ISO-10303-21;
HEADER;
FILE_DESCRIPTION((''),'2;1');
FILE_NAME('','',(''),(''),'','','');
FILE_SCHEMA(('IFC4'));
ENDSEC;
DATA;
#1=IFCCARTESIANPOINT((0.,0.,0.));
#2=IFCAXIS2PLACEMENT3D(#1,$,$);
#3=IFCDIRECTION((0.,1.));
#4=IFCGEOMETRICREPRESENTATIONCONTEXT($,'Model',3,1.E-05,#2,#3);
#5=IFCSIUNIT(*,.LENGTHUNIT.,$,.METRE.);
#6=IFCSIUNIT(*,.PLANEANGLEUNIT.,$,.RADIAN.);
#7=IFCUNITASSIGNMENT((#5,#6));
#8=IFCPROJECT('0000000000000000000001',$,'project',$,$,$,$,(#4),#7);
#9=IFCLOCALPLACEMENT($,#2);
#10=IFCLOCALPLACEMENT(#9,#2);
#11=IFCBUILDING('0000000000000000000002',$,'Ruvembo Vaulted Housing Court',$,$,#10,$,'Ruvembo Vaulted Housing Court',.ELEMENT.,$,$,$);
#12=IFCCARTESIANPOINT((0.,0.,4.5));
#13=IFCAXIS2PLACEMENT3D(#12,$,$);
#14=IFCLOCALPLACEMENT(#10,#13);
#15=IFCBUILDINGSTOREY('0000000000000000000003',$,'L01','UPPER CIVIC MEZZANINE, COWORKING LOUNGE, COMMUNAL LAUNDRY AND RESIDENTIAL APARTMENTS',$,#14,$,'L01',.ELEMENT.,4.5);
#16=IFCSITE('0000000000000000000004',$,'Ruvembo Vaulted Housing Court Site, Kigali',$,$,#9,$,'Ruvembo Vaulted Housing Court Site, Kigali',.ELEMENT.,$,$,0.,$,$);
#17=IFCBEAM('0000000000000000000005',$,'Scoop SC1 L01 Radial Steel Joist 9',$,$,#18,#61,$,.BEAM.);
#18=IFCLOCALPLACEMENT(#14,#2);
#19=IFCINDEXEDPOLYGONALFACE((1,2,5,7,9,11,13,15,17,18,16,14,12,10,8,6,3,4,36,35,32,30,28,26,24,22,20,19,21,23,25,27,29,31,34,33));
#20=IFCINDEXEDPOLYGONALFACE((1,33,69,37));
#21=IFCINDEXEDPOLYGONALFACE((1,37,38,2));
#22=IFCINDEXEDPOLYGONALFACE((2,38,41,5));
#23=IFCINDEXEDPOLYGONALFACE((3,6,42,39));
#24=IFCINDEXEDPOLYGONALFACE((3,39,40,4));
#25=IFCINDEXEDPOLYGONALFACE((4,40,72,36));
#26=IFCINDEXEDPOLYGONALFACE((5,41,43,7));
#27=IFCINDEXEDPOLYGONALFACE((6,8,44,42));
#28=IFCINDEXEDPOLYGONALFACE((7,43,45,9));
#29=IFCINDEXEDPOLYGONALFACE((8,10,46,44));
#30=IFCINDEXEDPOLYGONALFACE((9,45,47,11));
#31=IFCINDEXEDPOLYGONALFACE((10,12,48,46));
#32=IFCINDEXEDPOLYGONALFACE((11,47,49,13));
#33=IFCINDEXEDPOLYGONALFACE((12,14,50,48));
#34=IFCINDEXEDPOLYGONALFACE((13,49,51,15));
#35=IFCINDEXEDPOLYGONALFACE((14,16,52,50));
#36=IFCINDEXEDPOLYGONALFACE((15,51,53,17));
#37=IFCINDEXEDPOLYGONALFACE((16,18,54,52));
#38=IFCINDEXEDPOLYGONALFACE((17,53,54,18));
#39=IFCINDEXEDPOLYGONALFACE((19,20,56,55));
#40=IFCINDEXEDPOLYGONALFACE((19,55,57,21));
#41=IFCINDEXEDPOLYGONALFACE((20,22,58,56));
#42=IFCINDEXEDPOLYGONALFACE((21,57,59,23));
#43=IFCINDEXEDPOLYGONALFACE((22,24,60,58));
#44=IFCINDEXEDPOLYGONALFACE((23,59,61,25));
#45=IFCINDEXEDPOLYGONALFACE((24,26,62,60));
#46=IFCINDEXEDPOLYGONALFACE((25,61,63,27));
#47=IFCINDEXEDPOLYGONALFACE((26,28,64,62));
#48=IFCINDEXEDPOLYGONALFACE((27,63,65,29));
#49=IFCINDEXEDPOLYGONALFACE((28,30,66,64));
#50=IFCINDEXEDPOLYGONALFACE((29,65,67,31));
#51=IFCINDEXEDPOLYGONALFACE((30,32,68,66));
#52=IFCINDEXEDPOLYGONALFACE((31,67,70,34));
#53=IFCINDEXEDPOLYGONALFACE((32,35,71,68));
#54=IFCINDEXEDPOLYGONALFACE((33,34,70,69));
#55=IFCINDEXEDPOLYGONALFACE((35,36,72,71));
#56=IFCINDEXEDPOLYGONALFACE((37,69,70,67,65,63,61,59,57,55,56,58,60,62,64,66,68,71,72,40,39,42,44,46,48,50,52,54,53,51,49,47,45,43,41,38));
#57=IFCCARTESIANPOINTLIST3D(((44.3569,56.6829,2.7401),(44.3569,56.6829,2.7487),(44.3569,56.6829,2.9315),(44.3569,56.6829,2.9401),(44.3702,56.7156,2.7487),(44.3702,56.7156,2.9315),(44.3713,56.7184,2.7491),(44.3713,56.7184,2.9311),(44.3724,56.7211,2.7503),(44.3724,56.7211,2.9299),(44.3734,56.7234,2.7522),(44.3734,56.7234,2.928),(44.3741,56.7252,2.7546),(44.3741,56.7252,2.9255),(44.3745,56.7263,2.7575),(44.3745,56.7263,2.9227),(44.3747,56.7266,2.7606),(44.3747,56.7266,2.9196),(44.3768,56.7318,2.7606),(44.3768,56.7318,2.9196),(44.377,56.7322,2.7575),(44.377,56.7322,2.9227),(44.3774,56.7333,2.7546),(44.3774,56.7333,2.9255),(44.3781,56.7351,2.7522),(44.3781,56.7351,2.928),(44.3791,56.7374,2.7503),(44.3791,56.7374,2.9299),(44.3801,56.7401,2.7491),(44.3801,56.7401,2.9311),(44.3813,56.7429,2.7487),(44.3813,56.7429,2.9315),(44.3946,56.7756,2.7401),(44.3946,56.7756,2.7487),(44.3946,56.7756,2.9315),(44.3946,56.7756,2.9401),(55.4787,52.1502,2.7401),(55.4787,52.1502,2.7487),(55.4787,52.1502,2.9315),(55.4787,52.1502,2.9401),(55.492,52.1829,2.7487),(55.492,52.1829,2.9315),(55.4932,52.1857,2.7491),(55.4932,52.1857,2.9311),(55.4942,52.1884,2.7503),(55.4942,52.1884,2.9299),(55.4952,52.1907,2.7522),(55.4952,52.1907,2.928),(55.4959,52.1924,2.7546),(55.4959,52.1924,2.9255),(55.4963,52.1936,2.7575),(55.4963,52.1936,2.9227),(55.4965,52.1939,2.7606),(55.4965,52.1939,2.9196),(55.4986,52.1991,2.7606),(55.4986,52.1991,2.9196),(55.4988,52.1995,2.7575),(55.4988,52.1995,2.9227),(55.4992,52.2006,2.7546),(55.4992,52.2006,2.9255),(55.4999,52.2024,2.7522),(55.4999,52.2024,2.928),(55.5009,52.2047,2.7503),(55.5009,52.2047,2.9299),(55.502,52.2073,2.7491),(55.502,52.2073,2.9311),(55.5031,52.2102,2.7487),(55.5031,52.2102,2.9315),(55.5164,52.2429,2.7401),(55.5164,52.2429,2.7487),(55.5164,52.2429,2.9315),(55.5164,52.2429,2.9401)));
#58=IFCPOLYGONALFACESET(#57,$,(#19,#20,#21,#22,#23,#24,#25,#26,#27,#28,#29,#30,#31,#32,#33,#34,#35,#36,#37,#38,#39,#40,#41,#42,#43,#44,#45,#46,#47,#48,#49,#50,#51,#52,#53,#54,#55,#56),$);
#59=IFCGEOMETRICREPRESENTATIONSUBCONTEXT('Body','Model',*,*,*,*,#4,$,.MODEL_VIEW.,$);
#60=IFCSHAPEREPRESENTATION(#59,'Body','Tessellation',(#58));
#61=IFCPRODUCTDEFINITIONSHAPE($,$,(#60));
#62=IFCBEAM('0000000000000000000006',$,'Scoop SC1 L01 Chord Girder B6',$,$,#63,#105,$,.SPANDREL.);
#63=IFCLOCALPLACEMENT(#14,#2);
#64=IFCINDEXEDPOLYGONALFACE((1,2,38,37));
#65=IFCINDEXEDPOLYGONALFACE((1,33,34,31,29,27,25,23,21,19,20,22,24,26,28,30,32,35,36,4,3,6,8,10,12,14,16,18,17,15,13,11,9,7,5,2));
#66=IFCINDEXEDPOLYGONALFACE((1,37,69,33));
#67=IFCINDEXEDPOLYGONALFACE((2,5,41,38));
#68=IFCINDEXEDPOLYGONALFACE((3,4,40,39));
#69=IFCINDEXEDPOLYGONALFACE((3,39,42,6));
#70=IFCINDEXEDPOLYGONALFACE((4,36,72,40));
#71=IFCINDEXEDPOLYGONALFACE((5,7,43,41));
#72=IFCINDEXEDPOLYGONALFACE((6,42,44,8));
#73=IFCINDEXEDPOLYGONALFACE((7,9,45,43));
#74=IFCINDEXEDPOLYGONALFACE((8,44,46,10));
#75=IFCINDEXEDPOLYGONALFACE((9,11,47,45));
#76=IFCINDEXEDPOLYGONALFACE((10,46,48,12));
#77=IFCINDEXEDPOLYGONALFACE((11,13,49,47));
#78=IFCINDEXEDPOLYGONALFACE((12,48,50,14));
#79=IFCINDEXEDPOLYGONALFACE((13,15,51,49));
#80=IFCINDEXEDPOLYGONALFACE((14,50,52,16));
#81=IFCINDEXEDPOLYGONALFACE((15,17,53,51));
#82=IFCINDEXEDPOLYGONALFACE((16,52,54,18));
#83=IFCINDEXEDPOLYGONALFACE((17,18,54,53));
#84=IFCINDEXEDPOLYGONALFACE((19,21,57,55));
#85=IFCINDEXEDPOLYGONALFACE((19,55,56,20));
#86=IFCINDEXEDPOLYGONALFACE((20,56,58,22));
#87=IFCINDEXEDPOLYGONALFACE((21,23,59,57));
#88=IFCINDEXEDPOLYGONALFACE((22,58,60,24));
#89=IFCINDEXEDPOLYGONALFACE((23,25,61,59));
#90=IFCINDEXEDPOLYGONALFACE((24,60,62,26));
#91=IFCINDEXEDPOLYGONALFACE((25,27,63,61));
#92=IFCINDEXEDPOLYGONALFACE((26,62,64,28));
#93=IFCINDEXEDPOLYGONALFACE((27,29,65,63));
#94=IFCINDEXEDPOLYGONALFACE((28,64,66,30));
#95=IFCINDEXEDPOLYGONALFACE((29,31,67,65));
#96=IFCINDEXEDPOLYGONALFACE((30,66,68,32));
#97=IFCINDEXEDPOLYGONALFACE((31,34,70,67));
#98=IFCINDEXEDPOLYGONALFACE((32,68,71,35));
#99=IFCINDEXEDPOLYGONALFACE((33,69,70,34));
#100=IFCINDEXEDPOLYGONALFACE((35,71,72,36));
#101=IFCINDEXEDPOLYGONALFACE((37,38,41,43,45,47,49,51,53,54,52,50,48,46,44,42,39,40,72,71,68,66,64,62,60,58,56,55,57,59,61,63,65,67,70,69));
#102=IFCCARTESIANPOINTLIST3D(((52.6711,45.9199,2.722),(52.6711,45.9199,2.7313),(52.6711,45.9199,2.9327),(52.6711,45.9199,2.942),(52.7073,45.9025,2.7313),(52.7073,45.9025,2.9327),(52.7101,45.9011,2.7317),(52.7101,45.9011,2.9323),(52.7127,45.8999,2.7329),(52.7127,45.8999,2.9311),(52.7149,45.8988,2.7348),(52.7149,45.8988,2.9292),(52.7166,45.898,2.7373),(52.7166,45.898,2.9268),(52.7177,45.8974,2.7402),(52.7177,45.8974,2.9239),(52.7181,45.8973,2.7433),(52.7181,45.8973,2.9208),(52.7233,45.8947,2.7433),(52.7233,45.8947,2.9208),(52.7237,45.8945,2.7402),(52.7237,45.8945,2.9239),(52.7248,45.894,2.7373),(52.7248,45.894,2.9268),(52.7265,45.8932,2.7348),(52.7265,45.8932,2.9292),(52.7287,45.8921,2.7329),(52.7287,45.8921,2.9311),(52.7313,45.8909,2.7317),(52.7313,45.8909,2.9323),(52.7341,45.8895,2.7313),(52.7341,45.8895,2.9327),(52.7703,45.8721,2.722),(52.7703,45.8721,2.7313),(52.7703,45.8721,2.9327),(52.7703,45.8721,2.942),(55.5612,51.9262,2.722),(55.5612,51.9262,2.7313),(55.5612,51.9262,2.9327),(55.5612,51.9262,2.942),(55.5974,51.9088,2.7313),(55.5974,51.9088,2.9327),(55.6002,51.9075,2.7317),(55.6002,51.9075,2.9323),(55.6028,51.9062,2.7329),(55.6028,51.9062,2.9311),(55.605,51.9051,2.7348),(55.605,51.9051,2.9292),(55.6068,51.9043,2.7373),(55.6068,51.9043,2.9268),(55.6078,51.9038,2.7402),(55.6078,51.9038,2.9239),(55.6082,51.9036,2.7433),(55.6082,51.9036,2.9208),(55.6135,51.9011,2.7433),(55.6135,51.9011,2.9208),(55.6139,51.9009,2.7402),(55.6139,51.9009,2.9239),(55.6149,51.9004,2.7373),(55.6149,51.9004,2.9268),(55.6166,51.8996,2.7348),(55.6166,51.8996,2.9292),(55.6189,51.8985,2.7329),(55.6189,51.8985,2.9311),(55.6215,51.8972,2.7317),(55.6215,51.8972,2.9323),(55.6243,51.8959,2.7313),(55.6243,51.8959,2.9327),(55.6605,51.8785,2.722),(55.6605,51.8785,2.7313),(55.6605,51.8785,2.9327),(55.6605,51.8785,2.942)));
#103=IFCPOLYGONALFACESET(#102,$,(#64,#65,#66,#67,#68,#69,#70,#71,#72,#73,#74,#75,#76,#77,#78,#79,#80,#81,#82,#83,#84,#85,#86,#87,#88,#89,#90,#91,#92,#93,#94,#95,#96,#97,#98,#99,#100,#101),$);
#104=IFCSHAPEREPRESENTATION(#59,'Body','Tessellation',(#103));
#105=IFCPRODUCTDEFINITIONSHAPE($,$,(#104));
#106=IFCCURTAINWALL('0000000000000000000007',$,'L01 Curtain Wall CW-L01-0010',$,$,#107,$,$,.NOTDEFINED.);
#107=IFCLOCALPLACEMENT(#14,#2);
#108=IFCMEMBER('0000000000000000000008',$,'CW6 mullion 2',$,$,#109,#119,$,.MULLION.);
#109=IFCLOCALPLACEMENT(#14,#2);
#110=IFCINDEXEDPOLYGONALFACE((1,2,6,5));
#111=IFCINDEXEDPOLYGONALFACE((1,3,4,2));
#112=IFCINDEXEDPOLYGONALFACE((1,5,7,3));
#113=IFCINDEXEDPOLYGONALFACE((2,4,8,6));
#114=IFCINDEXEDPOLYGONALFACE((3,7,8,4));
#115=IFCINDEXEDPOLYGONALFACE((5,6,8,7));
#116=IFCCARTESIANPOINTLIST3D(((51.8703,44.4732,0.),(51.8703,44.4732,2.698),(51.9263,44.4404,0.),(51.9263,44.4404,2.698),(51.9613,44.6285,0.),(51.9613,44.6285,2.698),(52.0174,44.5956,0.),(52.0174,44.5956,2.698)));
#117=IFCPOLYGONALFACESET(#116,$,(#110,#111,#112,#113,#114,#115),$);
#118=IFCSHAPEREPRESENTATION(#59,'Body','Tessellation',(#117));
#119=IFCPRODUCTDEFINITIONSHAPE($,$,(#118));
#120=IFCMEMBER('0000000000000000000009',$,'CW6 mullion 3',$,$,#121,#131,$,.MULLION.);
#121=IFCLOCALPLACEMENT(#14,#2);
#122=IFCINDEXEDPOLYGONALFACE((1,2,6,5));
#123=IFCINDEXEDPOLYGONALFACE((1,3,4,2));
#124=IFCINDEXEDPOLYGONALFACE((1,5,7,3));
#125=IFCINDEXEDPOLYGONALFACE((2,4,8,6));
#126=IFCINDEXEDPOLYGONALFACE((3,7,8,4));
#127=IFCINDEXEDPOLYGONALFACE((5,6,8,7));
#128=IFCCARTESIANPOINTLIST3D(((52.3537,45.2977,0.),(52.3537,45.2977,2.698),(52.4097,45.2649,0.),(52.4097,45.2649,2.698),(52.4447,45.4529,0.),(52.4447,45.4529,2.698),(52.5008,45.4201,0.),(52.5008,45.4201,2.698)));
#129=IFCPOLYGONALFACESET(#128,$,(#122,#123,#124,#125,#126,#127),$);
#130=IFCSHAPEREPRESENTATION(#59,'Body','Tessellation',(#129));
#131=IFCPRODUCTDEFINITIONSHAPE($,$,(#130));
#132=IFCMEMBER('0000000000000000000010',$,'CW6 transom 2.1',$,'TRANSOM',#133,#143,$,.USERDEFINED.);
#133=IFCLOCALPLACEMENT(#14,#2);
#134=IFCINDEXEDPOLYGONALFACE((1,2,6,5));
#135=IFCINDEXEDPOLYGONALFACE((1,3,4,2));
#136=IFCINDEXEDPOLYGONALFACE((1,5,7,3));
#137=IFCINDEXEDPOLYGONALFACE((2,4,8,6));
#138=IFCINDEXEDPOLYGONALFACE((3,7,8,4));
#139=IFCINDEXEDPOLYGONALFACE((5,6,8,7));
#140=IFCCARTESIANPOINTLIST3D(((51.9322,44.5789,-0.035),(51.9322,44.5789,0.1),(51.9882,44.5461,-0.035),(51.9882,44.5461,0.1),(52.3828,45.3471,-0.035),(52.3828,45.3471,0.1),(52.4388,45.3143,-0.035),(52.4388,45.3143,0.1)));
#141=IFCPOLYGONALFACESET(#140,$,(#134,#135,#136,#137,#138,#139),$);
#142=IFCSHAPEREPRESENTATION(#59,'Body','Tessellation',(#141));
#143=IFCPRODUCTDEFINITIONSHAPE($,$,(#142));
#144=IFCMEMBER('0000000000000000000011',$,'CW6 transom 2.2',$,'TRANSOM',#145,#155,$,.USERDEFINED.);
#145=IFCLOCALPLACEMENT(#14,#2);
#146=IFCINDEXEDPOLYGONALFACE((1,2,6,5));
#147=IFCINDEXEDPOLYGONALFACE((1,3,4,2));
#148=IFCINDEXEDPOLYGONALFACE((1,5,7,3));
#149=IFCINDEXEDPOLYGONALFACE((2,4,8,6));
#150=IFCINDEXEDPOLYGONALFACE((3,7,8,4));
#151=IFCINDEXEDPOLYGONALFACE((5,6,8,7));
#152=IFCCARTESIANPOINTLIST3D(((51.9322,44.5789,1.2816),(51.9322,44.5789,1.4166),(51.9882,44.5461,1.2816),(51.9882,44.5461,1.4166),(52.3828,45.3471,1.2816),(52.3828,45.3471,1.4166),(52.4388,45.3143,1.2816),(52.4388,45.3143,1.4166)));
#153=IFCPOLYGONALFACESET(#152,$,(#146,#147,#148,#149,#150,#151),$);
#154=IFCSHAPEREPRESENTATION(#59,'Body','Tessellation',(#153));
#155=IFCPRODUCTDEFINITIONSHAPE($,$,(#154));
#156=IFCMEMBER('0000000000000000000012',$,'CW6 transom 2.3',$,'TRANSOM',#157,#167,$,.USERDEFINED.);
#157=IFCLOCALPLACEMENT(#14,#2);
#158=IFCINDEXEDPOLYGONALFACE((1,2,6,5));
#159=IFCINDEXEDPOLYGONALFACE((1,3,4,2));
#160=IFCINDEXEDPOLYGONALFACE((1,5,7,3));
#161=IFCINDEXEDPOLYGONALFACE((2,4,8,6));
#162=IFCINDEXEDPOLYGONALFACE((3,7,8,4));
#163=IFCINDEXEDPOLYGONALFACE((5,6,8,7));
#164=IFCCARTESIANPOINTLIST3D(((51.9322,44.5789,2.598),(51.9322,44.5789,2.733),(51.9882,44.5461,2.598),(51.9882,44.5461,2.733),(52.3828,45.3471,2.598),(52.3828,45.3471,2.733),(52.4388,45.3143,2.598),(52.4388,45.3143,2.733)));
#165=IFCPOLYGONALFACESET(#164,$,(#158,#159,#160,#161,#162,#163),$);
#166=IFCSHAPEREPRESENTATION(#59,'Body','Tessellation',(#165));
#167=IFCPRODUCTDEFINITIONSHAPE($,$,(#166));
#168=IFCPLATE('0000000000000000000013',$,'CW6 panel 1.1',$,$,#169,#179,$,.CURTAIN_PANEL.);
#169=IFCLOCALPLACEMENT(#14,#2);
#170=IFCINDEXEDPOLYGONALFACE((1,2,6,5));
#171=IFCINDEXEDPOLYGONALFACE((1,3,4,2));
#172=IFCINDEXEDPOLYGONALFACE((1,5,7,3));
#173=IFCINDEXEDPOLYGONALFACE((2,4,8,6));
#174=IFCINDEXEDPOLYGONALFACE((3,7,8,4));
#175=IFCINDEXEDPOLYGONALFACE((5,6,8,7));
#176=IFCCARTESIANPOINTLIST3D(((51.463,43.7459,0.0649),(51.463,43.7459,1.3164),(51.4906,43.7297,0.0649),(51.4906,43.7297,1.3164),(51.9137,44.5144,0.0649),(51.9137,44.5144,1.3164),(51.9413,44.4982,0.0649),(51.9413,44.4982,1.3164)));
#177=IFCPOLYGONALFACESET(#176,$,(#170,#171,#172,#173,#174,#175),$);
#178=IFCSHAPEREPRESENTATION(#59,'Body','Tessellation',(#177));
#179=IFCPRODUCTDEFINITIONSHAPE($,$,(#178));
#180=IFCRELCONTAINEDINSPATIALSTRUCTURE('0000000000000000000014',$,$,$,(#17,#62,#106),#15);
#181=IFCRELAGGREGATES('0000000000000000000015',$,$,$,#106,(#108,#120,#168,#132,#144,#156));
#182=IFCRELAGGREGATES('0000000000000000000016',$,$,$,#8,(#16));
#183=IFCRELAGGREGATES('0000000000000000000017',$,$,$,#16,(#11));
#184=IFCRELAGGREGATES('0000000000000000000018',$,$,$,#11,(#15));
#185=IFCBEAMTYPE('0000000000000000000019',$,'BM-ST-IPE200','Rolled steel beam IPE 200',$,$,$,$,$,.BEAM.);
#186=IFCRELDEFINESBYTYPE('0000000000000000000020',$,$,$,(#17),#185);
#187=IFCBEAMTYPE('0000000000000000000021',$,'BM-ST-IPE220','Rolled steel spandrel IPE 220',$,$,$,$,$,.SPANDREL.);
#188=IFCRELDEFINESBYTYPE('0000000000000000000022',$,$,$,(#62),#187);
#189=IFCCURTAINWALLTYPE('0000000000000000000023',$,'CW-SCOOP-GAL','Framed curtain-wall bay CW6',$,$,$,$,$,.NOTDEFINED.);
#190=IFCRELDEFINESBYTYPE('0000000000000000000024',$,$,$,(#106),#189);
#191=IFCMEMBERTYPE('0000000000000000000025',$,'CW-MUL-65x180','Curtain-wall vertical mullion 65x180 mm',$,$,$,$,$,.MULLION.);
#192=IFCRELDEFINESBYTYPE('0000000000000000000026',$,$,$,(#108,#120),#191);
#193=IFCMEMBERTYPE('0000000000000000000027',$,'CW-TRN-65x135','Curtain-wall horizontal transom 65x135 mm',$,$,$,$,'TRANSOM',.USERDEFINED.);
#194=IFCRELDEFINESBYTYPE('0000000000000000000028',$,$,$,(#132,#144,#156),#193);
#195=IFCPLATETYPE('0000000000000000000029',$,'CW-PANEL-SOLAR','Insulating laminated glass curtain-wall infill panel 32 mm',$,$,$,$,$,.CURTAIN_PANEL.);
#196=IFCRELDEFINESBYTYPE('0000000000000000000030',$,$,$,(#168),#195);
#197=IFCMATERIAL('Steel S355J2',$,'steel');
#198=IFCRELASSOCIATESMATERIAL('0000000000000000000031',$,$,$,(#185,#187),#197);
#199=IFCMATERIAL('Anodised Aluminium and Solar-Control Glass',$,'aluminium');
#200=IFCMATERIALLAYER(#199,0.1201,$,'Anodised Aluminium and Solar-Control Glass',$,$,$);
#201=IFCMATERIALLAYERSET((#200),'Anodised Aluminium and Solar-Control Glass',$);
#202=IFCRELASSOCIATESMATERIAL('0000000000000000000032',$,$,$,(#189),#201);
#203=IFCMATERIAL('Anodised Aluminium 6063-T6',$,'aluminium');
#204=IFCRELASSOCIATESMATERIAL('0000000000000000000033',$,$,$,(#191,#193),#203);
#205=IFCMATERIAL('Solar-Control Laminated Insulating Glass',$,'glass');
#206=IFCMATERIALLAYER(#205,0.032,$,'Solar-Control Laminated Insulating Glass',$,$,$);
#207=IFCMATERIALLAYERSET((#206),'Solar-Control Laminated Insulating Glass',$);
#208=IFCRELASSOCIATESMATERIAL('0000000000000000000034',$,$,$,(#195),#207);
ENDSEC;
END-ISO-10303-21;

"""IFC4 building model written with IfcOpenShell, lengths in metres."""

from ifc_helpers import new_model, si_unit, direction, frame, origin, origin_2d, place, context, subcontext, project, spatial, rectangle, i_section, extrude, material, layer, layer_set, material_profile, profile_set, type_object, element, aggregate, save


model = new_model("IFC4")

# Units and contexts
model_context = context("Model", 3, precision=1e-05, world=origin(), true_north=direction((0.0, 1.0)))
body_context = subcontext(model_context, "Body", "Model", "MODEL_VIEW")
ifc_project = project(units=[si_unit("LENGTHUNIT", "METRE"), si_unit("PLANEANGLEUNIT", "RADIAN")], contexts=[model_context])

# Site, building, storey
site_placement = place(None, origin())
site = spatial("IfcSite", under=ifc_project, at=site_placement, Name="Ruvembo Vaulted Housing Court Site, Kigali", LongName="Ruvembo Vaulted Housing Court Site, Kigali", CompositionType="ELEMENT", RefElevation=0.0)
building_placement = place(site_placement, origin())
building = spatial("IfcBuilding", under=site, at=building_placement, Name="Ruvembo Vaulted Housing Court", LongName="Ruvembo Vaulted Housing Court", CompositionType="ELEMENT")
storey_placement = place(building_placement, frame((0.0, 0.0, 4.5)))
storey = spatial("IfcBuildingStorey", under=building, at=storey_placement, Name="L01", Description="UPPER CIVIC MEZZANINE, COWORKING LOUNGE, COMMUNAL LAUNDRY AND RESIDENTIAL APARTMENTS", LongName="L01", CompositionType="ELEMENT", Elevation=4.5)

# Beams
ifc_material_1 = material(Name="Steel S355J2", Category="steel")
ifc_material_profile_1 = material_profile(ifc_material_1, i_section(OverallWidth=0.1001, OverallDepth=0.2, WebThickness=0.0056, FlangeThickness=0.0085, FilletRadius=0.012, at=origin_2d()), Name="IPE 200")
ifc_profile_set_1 = profile_set([ifc_material_profile_1], Name="Steel S355J2")
beam_type_1 = type_object("IfcBeamType", Name="BM-ST-IPE200", Description="Rolled steel beam IPE 200", PredefinedType="BEAM", material=ifc_profile_set_1)
for number, where, z_axis, x_axis, name in (
    (1, (55.4976, 52.1965, 2.8401), (-0.926046, 0.377411, 0.0), (-0.377411, -0.926046, 0.0), "Scoop SC1 L01 Radial Steel Joist 9"),
):
    element("IfcBeam", number, at=place(storey_placement, frame(where, z_axis=z_axis, x_axis=x_axis)), inside=storey, type_object=beam_type_1, Name=name, PredefinedType="BEAM", context=body_context, shape_type="SweptSolid", body=[
        extrude(i_section(OverallWidth=0.1001, OverallDepth=0.2, WebThickness=0.0056, FlangeThickness=0.0085, FilletRadius=0.012, at=origin_2d()), origin(), (0.0, 0.0, 1.0), 12.01),
    ])
ifc_material_profile_2 = material_profile(ifc_material_1, i_section(OverallWidth=0.1101, OverallDepth=0.22, WebThickness=0.0059, FlangeThickness=0.0093, FilletRadius=0.012, at=origin_2d()), Name="IPE 220")
ifc_profile_set_2 = profile_set([ifc_material_profile_2], Name="Steel S355J2")
beam_type_2 = type_object("IfcBeamType", Name="BM-ST-IPE220", Description="Rolled steel spandrel IPE 220", PredefinedType="SPANDREL", material=ifc_profile_set_2)
beam_1_placement = place(storey_placement, frame((52.7207, 45.896, 2.832), z_axis=(0.433595, 0.901108, 0.0), x_axis=(-0.901108, 0.433595, 0.0)))
element("IfcBeam", 2, at=beam_1_placement, inside=storey, type_object=beam_type_2, Name="Scoop SC1 L01 Chord Girder B6", PredefinedType="SPANDREL", context=body_context, shape_type="SweptSolid", body=[
    extrude(i_section(OverallWidth=0.1101, OverallDepth=0.22, WebThickness=0.0059, FlangeThickness=0.0093, FilletRadius=0.012, at=origin_2d()), origin(), (0.0, 0.0, 1.0), 6.6655),
])

# Curtain wall, members, plate
ifc_material_2 = material(Name="Anodised Aluminium and Solar-Control Glass", Category="aluminium")
ifc_layer_1 = layer(ifc_material_2, 0.1201, Name="Anodised Aluminium and Solar-Control Glass")
ifc_layer_set_1 = layer_set([ifc_layer_1], Name="Anodised Aluminium and Solar-Control Glass")
curtain_wall_type = type_object("IfcCurtainWallType", Name="CW-SCOOP-GAL", Description="Framed curtain-wall bay CW6", PredefinedType="NOTDEFINED", material=ifc_layer_set_1)
curtain_wall_placement = place(storey_placement, origin())
curtain_wall = element("IfcCurtainWall", 3, at=curtain_wall_placement, inside=storey, type_object=curtain_wall_type, Name="L01 Curtain Wall CW-L01-0010", PredefinedType="NOTDEFINED")
ifc_material_3 = material(Name="Anodised Aluminium 6063-T6", Category="aluminium")
ifc_material_profile_3 = material_profile(ifc_material_3, rectangle(XDim=0.0649, YDim=0.1799, at=origin_2d()), Name="ALU 65x180")
ifc_profile_set_3 = profile_set([ifc_material_profile_3], Name="Anodised Aluminium 6063-T6")
member_type_1 = type_object("IfcMemberType", Name="CW-MUL-65x180", Description="Curtain-wall vertical mullion 65x180 mm", PredefinedType="MULLION", material=ifc_profile_set_3)
member_1_placement = place(storey_placement, frame((51.9438, 44.5344, 0.0), z_axis=(0.0, 0.0, 1.0), x_axis=(-0.862606, 0.505877, 0.0)))
member_1 = element("IfcMember", 4, at=member_1_placement, type_object=member_type_1, Name="CW6 mullion 2", PredefinedType="MULLION", context=body_context, shape_type="SweptSolid", body=[
    extrude(rectangle(XDim=0.0649, YDim=0.1799, at=origin_2d()), origin(), (0.0, 0.0, 1.0), 2.698),
])
member_2_placement = place(storey_placement, frame((52.4272, 45.3589, 0.0), z_axis=(0.0, 0.0, 1.0), x_axis=(-0.862606, 0.505877, 0.0)))
member_2 = element("IfcMember", 5, at=member_2_placement, type_object=member_type_1, Name="CW6 mullion 3", PredefinedType="MULLION", context=body_context, shape_type="SweptSolid", body=[
    extrude(rectangle(XDim=0.0649, YDim=0.1799, at=origin_2d()), origin(), (0.0, 0.0, 1.0), 2.698),
])
ifc_material_profile_4 = material_profile(ifc_material_3, rectangle(XDim=0.0649, YDim=0.135, at=origin_2d()), Name="ALU 65x135")
ifc_profile_set_4 = profile_set([ifc_material_profile_4], Name="Anodised Aluminium 6063-T6")
member_type_2 = type_object("IfcMemberType", Name="CW-TRN-65x135", Description="Curtain-wall horizontal transom 65x135 mm", ElementType="TRANSOM", PredefinedType="USERDEFINED", material=ifc_profile_set_4)
member_3_placement = place(storey_placement, frame((51.9602, 44.5625, 0.0325), z_axis=(0.505966, 0.862554, 0.0), x_axis=(-0.862554, 0.505966, 0.0)))
member_3 = element("IfcMember", 6, at=member_3_placement, type_object=member_type_2, Name="CW6 transom 2.1", ObjectType="TRANSOM", PredefinedType="USERDEFINED", context=body_context, shape_type="SweptSolid", body=[
    extrude(rectangle(XDim=0.0649, YDim=0.135, at=origin_2d()), origin(), (0.0, 0.0, 1.0), 0.8906),
])
member_4_placement = place(storey_placement, frame((51.9602, 44.5625, 1.3491), z_axis=(0.505966, 0.862554, 0.0), x_axis=(-0.862554, 0.505966, 0.0)))
member_4 = element("IfcMember", 7, at=member_4_placement, type_object=member_type_2, Name="CW6 transom 2.2", ObjectType="TRANSOM", PredefinedType="USERDEFINED", context=body_context, shape_type="SweptSolid", body=[
    extrude(rectangle(XDim=0.0649, YDim=0.135, at=origin_2d()), origin(), (0.0, 0.0, 1.0), 0.8906),
])
member_5_placement = place(storey_placement, frame((51.9602, 44.5625, 2.6655), z_axis=(0.505966, 0.862554, 0.0), x_axis=(-0.862554, 0.505966, 0.0)))
member_5 = element("IfcMember", 8, at=member_5_placement, type_object=member_type_2, Name="CW6 transom 2.3", ObjectType="TRANSOM", PredefinedType="USERDEFINED", context=body_context, shape_type="SweptSolid", body=[
    extrude(rectangle(XDim=0.0649, YDim=0.135, at=origin_2d()), origin(), (0.0, 0.0, 1.0), 0.8906),
])
ifc_material_4 = material(Name="Solar-Control Laminated Insulating Glass", Category="glass")
ifc_layer_2 = layer(ifc_material_4, 0.032, Name="Solar-Control Laminated Insulating Glass")
ifc_layer_set_2 = layer_set([ifc_layer_2], Name="Solar-Control Laminated Insulating Glass")
plate_type_1 = type_object("IfcPlateType", Name="CW-PANEL-SOLAR", Description="Insulating laminated glass curtain-wall infill panel 32 mm", PredefinedType="CURTAIN_PANEL", material=ifc_layer_set_2)
plate_1_placement = place(storey_placement, frame((51.7021, 44.1221, 0.0649), z_axis=(0.0, 0.0, 1.0), x_axis=(0.505877, 0.862606, 0.0)))
plate_1 = element("IfcPlate", 9, at=plate_1_placement, type_object=plate_type_1, Name="CW6 panel 1.1", PredefinedType="CURTAIN_PANEL", context=body_context, shape_type="SweptSolid", body=[
    extrude(rectangle(XDim=0.8909, YDim=0.032, at=origin_2d()), origin(), (0.0, 0.0, 1.0), 1.2515),
])
aggregate(curtain_wall, [member_1, member_2, plate_1, member_3, member_4, member_5])

save(model, "model.ifc")
